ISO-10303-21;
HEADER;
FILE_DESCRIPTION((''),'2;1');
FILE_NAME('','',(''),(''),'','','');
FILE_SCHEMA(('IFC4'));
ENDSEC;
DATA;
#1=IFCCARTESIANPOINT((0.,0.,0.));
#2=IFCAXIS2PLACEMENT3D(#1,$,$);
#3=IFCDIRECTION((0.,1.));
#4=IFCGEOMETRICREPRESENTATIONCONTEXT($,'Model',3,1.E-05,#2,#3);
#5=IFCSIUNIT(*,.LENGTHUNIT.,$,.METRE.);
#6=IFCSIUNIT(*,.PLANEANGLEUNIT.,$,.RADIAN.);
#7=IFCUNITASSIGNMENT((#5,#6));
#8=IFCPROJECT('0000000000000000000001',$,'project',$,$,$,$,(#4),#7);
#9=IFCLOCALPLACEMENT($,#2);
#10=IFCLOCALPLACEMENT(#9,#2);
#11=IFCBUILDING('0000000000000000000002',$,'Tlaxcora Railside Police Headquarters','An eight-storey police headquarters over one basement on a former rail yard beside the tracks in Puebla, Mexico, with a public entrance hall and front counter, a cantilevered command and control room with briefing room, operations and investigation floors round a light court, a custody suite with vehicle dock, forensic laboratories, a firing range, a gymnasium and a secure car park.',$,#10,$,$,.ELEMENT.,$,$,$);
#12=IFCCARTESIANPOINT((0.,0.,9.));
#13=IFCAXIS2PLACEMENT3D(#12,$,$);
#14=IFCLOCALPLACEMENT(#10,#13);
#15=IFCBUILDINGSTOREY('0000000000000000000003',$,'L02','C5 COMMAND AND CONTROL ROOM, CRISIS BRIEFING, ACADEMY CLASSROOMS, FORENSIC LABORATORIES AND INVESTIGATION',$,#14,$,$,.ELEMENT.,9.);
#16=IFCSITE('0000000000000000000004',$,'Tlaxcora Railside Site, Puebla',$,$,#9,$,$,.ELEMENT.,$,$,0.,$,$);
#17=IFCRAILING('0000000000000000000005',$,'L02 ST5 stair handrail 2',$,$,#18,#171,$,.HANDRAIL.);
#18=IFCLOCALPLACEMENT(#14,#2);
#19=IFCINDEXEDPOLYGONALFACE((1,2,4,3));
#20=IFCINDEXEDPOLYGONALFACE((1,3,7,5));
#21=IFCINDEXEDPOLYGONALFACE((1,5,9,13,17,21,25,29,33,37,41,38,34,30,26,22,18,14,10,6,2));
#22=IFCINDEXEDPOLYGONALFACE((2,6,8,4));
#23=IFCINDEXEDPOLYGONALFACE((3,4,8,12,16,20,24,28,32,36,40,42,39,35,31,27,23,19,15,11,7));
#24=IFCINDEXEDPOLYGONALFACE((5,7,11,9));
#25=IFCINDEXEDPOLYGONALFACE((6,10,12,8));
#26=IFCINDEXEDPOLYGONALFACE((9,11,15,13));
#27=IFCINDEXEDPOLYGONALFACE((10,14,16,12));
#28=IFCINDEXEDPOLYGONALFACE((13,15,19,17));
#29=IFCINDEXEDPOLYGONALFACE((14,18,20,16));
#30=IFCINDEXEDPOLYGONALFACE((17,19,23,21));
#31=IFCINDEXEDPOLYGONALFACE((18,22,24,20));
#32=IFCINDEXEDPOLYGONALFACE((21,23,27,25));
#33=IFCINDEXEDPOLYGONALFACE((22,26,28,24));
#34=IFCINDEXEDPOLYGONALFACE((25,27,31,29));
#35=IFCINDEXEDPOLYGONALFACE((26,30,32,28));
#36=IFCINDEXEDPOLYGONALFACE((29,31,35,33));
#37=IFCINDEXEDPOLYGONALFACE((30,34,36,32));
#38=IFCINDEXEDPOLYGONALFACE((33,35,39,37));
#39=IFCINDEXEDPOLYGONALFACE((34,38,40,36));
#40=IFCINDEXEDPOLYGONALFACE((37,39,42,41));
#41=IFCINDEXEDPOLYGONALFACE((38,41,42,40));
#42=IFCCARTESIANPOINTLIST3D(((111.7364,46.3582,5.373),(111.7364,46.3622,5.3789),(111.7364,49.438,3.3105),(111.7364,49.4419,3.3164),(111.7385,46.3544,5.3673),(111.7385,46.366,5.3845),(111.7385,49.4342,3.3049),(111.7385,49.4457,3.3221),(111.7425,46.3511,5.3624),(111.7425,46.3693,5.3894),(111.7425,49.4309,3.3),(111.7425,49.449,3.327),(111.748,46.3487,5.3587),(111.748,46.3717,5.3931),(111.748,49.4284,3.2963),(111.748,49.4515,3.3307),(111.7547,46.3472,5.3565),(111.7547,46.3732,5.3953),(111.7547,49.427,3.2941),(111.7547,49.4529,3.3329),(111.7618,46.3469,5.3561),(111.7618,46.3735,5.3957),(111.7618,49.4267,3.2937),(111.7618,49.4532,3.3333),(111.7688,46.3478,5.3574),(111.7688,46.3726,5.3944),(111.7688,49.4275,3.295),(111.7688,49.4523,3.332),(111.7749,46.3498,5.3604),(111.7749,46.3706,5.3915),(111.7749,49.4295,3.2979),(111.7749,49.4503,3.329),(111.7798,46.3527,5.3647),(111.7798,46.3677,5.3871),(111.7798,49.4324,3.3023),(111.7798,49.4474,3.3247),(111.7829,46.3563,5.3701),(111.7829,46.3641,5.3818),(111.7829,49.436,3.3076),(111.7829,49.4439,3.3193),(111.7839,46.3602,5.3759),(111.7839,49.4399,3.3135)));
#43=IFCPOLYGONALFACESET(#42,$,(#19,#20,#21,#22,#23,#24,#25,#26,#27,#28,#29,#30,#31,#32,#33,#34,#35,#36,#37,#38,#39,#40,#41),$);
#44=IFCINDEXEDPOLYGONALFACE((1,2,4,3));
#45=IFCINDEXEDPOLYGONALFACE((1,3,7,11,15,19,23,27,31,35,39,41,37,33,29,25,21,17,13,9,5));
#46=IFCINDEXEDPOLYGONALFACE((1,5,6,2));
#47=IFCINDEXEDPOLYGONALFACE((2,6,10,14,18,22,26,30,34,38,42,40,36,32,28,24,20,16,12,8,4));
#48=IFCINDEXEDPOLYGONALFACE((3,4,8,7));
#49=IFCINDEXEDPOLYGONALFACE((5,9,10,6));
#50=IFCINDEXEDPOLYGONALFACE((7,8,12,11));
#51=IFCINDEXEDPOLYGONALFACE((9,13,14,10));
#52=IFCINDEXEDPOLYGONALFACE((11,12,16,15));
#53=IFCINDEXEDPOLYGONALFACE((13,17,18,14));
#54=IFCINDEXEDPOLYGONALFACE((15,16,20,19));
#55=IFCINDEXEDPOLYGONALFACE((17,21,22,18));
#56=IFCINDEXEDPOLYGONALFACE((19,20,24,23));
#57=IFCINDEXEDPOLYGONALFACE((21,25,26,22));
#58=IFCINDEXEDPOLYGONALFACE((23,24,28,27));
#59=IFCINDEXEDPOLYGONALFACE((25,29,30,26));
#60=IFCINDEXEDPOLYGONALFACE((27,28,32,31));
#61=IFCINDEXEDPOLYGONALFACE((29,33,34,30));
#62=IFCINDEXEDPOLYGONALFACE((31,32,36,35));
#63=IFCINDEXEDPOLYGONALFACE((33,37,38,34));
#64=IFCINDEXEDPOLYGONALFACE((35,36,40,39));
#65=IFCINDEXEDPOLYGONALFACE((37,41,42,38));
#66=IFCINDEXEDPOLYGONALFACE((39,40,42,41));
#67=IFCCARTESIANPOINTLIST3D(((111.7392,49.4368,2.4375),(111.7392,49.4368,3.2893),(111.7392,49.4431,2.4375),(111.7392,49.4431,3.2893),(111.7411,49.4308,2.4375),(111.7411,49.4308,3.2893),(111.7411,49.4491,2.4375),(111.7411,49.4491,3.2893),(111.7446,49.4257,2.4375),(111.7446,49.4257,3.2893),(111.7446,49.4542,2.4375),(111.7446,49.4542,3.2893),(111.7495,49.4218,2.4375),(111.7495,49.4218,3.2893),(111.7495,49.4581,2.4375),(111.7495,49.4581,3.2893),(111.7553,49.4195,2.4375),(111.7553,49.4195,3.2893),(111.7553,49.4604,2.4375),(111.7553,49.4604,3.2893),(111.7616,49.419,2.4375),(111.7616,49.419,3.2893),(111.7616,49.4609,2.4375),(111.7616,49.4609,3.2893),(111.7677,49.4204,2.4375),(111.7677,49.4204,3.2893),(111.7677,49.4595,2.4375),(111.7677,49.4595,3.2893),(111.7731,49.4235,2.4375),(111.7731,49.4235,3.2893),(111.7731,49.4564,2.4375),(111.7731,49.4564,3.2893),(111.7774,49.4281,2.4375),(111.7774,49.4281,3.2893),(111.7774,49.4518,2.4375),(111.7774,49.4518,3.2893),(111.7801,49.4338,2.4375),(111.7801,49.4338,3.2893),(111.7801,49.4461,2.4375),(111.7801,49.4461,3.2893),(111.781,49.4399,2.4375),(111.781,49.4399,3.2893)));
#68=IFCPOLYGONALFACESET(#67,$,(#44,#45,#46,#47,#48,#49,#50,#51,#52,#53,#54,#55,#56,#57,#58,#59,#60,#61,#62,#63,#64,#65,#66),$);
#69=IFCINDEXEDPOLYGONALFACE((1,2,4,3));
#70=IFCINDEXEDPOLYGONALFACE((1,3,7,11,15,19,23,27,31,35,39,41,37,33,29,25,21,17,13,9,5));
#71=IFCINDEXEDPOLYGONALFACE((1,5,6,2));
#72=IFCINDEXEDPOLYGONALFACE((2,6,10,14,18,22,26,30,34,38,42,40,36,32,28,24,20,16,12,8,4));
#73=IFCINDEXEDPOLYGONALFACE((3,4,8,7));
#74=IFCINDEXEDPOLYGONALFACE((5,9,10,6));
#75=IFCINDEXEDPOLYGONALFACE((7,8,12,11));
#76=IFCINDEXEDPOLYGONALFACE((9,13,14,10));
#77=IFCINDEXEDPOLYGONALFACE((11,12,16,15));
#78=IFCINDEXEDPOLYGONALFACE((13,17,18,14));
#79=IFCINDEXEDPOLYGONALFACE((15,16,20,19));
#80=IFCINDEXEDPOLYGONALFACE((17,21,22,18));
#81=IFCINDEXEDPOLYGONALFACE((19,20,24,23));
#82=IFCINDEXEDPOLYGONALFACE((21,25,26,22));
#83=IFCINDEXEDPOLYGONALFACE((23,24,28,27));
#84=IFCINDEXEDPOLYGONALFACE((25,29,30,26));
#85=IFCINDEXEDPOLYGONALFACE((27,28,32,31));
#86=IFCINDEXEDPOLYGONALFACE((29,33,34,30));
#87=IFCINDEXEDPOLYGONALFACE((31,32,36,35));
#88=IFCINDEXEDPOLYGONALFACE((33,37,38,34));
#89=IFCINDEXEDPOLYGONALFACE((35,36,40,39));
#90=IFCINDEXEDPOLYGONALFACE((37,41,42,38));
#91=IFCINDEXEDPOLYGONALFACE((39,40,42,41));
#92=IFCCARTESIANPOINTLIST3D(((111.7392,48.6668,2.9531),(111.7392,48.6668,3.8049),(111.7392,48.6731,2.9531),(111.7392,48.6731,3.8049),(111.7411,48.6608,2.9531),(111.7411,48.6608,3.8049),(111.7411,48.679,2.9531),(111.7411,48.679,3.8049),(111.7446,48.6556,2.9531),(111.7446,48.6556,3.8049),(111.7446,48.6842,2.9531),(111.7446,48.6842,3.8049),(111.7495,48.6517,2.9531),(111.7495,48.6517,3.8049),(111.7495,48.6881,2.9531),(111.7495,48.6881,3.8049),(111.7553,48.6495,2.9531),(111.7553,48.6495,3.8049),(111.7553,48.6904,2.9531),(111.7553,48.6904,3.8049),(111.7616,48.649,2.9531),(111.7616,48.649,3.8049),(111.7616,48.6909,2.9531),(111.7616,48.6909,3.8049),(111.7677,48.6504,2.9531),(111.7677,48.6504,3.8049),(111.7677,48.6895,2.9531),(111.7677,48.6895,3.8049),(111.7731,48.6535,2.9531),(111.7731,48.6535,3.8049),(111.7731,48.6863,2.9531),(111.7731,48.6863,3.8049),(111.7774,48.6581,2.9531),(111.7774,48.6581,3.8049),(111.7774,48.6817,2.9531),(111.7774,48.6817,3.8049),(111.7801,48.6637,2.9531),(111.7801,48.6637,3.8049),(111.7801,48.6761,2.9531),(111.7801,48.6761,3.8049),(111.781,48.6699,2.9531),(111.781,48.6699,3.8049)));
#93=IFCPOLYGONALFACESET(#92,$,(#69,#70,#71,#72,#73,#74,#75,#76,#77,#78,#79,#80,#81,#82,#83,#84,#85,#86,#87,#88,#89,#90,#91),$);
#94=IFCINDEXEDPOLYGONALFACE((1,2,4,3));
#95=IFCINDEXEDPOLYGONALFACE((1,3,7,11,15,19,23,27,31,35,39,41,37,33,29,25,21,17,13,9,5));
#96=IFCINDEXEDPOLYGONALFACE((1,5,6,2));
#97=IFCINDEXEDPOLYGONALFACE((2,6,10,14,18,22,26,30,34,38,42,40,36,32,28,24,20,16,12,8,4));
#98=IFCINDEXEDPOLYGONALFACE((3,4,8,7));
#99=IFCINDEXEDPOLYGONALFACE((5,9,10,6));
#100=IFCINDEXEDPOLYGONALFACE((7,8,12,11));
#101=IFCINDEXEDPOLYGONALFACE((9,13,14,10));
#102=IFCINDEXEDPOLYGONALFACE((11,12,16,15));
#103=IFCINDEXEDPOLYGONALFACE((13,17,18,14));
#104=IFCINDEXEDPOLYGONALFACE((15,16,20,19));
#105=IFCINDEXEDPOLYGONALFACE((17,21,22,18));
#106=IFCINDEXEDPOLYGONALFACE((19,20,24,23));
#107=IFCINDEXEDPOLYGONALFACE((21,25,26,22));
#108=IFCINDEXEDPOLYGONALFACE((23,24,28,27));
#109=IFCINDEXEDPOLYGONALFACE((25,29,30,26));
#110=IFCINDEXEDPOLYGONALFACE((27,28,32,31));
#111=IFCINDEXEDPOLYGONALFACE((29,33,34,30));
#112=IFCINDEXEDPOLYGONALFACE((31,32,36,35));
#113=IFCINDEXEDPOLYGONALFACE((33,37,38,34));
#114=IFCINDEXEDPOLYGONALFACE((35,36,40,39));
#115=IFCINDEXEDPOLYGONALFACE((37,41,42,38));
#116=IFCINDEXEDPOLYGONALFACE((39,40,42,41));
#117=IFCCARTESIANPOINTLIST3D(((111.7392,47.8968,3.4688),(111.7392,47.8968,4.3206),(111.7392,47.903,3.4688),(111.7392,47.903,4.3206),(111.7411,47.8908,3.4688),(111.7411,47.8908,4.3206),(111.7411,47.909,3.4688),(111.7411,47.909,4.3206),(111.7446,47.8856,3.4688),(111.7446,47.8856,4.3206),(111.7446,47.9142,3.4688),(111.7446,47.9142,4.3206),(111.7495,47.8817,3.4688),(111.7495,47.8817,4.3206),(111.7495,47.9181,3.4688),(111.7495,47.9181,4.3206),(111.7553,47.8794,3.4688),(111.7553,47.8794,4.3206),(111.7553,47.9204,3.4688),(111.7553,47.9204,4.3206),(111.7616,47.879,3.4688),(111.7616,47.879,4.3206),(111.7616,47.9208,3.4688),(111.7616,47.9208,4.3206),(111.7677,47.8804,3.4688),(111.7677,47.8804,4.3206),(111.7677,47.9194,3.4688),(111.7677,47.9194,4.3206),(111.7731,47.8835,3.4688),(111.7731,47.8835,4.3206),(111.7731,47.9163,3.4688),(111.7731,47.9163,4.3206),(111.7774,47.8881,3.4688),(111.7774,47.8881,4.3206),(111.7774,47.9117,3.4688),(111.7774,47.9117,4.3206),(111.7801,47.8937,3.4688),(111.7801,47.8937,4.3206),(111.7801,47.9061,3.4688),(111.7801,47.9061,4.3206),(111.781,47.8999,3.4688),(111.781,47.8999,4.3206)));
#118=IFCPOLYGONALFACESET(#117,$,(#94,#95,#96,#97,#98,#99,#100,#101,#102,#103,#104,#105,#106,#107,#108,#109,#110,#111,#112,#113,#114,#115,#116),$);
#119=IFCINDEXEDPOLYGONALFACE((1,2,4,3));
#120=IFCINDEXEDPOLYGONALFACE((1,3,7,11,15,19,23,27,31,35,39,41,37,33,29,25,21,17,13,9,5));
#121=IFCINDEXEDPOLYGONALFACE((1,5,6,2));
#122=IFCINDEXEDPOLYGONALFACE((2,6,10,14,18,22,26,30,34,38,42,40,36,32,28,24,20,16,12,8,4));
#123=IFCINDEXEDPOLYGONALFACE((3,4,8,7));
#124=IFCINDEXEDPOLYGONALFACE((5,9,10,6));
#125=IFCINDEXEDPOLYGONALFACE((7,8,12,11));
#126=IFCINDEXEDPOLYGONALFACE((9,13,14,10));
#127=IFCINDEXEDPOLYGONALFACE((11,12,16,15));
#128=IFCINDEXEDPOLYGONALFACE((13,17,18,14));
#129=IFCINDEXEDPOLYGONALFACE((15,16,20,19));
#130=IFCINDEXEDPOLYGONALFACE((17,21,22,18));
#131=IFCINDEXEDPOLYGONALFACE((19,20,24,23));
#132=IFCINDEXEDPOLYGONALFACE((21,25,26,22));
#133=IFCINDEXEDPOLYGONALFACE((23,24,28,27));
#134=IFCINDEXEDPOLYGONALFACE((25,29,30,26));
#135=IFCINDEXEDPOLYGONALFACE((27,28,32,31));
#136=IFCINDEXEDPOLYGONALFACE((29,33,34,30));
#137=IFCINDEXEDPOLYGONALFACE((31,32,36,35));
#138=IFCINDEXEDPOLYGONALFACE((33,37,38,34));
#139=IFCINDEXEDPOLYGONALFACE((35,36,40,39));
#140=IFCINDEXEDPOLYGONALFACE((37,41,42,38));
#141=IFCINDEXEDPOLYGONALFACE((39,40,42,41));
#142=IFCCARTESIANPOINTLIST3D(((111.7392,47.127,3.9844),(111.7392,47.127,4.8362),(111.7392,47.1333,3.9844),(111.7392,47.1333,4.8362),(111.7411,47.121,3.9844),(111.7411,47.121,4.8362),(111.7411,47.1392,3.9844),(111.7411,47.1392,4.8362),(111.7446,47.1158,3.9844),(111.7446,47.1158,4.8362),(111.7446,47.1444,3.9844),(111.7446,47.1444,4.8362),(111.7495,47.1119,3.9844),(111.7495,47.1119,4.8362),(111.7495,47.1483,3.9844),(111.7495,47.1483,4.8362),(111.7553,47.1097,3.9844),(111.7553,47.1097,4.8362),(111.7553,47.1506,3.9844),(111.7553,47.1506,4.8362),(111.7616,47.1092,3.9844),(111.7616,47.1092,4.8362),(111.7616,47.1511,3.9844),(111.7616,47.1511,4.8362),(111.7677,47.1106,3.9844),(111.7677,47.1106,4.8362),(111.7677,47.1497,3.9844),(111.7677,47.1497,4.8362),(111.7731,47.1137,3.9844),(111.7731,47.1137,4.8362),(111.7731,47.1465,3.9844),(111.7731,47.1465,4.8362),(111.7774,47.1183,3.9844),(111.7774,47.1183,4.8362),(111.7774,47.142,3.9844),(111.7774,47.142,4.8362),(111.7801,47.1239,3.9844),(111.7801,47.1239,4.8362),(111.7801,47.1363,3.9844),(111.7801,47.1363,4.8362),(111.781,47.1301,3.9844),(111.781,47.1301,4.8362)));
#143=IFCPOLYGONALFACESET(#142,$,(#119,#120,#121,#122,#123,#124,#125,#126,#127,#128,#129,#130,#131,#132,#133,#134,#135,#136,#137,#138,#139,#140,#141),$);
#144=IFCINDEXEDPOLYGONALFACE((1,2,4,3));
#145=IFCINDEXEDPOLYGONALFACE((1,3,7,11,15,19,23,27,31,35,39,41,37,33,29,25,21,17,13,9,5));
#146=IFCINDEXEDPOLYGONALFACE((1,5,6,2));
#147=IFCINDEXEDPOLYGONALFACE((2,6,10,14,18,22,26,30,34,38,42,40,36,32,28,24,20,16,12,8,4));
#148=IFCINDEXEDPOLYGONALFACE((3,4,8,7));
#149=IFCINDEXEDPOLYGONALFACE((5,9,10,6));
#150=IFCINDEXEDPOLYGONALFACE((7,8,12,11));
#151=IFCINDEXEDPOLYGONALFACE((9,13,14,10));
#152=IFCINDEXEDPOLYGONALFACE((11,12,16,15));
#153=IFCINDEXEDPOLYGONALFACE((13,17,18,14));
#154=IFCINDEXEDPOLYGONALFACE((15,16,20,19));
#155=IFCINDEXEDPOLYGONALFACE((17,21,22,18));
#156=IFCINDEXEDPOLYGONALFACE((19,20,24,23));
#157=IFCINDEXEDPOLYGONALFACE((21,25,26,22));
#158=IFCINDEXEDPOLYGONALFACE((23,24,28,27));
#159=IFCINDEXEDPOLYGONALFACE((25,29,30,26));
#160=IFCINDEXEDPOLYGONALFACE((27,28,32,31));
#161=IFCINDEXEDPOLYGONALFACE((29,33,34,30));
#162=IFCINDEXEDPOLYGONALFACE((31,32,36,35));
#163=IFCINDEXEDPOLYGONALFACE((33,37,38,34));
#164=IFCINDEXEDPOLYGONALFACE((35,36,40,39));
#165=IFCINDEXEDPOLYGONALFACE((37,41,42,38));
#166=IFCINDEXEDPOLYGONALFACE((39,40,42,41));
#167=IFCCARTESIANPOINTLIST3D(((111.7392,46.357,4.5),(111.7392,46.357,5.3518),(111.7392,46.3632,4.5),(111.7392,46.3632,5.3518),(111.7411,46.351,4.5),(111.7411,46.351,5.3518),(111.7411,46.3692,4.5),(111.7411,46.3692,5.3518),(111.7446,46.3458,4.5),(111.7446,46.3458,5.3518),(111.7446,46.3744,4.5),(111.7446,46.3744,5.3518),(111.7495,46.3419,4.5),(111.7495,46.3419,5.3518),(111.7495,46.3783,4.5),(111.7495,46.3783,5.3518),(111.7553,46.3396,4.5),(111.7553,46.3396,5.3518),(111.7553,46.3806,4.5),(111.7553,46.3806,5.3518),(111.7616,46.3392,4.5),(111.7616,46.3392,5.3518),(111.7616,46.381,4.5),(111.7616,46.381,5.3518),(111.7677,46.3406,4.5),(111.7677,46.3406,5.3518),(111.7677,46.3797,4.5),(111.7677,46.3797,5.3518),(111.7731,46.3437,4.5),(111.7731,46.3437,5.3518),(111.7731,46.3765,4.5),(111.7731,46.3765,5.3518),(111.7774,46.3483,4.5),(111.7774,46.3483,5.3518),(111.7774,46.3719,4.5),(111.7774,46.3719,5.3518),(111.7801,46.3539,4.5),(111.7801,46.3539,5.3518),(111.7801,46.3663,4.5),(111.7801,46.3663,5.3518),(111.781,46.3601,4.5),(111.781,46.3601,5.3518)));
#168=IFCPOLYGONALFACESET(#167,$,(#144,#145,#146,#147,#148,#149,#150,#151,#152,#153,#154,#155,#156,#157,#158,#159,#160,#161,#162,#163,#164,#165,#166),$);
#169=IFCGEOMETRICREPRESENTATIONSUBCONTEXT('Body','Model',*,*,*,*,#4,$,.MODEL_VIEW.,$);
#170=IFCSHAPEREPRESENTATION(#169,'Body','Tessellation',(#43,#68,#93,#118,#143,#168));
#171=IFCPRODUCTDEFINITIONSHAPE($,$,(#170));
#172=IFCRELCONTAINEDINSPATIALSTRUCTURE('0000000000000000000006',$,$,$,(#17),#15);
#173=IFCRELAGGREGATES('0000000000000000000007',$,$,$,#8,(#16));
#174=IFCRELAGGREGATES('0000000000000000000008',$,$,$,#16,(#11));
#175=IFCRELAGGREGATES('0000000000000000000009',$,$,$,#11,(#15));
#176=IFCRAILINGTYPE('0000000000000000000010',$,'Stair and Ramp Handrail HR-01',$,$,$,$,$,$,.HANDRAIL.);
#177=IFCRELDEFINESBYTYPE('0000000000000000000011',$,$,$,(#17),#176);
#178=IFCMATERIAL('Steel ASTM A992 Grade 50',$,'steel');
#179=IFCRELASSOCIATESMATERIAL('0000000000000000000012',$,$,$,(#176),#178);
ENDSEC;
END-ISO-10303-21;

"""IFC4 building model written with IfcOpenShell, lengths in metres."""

from ifc_helpers import new_model, si_unit, direction, frame, origin, origin_2d, place, context, subcontext, project, spatial, circle, extrude, material, type_object, element, save


model = new_model("IFC4")

# Units and contexts
model_context = context("Model", 3, precision=1e-05, world=origin(), true_north=direction((0.0, 1.0)))
body_context = subcontext(model_context, "Body", "Model", "MODEL_VIEW")
ifc_project = project(units=[si_unit("LENGTHUNIT", "METRE"), si_unit("PLANEANGLEUNIT", "RADIAN")], contexts=[model_context])

# Site, building, storey
site_placement = place(None, origin())
site = spatial("IfcSite", under=ifc_project, at=site_placement, Name="Tlaxcora Railside Site, Puebla", CompositionType="ELEMENT", RefElevation=0.0)
building_placement = place(site_placement, origin())
building = spatial("IfcBuilding", under=site, at=building_placement, Name="Tlaxcora Railside Police Headquarters", Description="An eight-storey police headquarters over one basement on a former rail yard beside the tracks in Puebla, Mexico, with a public entrance hall and front counter, a cantilevered command and control room with briefing room, operations and investigation floors round a light court, a custody suite with vehicle dock, forensic laboratories, a firing range, a gymnasium and a secure car park.", CompositionType="ELEMENT")
storey_placement = place(building_placement, frame((0.0, 0.0, 9.0)))
storey = spatial("IfcBuildingStorey", under=building, at=storey_placement, Name="L02", Description="C5 COMMAND AND CONTROL ROOM, CRISIS BRIEFING, ACADEMY CLASSROOMS, FORENSIC LABORATORIES AND INVESTIGATION", CompositionType="ELEMENT", Elevation=9.0)

# Shared definitions
ifc_material_1 = material(Name="Steel ASTM A992 Grade 50", Category="steel")

# Railing
railing_type_1 = type_object("IfcRailingType", Name="Stair and Ramp Handrail HR-01", PredefinedType="HANDRAIL", material=ifc_material_1)
railing_1_placement = place(storey_placement, frame((111.76, 49.4399, 2.4375)))
element("IfcRailing", 1, at=railing_1_placement, inside=storey, type_object=railing_type_1, Name="L02 ST5 stair handrail 2", PredefinedType="HANDRAIL", context=body_context, shape_type="SweptSolid", body=[
    extrude(circle(Radius=0.0239, at=origin_2d()), frame((0.0, 0.0, 0.876), z_axis=(0.0, -0.830893, 0.556432), x_axis=(1.0, 0.0, 0.0)), (0.0, 0.0, 1.0), 3.7065),
    extrude(circle(Radius=0.021, at=origin_2d()), origin(), (0.0, 0.0, 1.0), 0.8518),
    extrude(circle(Radius=0.021, at=origin_2d()), frame((0.0, -0.77, 0.5156)), (0.0, 0.0, 1.0), 0.8518),
    extrude(circle(Radius=0.021, at=origin_2d()), frame((0.0, -1.54, 1.0312)), (0.0, 0.0, 1.0), 0.8518),
    extrude(circle(Radius=0.021, at=origin_2d()), frame((0.0, -2.3098, 1.5469)), (0.0, 0.0, 1.0), 0.8518),
    extrude(circle(Radius=0.021, at=origin_2d()), frame((0.0, -3.0798, 2.0625)), (0.0, 0.0, 1.0), 0.8518),
])

save(model, "model.ifc")
